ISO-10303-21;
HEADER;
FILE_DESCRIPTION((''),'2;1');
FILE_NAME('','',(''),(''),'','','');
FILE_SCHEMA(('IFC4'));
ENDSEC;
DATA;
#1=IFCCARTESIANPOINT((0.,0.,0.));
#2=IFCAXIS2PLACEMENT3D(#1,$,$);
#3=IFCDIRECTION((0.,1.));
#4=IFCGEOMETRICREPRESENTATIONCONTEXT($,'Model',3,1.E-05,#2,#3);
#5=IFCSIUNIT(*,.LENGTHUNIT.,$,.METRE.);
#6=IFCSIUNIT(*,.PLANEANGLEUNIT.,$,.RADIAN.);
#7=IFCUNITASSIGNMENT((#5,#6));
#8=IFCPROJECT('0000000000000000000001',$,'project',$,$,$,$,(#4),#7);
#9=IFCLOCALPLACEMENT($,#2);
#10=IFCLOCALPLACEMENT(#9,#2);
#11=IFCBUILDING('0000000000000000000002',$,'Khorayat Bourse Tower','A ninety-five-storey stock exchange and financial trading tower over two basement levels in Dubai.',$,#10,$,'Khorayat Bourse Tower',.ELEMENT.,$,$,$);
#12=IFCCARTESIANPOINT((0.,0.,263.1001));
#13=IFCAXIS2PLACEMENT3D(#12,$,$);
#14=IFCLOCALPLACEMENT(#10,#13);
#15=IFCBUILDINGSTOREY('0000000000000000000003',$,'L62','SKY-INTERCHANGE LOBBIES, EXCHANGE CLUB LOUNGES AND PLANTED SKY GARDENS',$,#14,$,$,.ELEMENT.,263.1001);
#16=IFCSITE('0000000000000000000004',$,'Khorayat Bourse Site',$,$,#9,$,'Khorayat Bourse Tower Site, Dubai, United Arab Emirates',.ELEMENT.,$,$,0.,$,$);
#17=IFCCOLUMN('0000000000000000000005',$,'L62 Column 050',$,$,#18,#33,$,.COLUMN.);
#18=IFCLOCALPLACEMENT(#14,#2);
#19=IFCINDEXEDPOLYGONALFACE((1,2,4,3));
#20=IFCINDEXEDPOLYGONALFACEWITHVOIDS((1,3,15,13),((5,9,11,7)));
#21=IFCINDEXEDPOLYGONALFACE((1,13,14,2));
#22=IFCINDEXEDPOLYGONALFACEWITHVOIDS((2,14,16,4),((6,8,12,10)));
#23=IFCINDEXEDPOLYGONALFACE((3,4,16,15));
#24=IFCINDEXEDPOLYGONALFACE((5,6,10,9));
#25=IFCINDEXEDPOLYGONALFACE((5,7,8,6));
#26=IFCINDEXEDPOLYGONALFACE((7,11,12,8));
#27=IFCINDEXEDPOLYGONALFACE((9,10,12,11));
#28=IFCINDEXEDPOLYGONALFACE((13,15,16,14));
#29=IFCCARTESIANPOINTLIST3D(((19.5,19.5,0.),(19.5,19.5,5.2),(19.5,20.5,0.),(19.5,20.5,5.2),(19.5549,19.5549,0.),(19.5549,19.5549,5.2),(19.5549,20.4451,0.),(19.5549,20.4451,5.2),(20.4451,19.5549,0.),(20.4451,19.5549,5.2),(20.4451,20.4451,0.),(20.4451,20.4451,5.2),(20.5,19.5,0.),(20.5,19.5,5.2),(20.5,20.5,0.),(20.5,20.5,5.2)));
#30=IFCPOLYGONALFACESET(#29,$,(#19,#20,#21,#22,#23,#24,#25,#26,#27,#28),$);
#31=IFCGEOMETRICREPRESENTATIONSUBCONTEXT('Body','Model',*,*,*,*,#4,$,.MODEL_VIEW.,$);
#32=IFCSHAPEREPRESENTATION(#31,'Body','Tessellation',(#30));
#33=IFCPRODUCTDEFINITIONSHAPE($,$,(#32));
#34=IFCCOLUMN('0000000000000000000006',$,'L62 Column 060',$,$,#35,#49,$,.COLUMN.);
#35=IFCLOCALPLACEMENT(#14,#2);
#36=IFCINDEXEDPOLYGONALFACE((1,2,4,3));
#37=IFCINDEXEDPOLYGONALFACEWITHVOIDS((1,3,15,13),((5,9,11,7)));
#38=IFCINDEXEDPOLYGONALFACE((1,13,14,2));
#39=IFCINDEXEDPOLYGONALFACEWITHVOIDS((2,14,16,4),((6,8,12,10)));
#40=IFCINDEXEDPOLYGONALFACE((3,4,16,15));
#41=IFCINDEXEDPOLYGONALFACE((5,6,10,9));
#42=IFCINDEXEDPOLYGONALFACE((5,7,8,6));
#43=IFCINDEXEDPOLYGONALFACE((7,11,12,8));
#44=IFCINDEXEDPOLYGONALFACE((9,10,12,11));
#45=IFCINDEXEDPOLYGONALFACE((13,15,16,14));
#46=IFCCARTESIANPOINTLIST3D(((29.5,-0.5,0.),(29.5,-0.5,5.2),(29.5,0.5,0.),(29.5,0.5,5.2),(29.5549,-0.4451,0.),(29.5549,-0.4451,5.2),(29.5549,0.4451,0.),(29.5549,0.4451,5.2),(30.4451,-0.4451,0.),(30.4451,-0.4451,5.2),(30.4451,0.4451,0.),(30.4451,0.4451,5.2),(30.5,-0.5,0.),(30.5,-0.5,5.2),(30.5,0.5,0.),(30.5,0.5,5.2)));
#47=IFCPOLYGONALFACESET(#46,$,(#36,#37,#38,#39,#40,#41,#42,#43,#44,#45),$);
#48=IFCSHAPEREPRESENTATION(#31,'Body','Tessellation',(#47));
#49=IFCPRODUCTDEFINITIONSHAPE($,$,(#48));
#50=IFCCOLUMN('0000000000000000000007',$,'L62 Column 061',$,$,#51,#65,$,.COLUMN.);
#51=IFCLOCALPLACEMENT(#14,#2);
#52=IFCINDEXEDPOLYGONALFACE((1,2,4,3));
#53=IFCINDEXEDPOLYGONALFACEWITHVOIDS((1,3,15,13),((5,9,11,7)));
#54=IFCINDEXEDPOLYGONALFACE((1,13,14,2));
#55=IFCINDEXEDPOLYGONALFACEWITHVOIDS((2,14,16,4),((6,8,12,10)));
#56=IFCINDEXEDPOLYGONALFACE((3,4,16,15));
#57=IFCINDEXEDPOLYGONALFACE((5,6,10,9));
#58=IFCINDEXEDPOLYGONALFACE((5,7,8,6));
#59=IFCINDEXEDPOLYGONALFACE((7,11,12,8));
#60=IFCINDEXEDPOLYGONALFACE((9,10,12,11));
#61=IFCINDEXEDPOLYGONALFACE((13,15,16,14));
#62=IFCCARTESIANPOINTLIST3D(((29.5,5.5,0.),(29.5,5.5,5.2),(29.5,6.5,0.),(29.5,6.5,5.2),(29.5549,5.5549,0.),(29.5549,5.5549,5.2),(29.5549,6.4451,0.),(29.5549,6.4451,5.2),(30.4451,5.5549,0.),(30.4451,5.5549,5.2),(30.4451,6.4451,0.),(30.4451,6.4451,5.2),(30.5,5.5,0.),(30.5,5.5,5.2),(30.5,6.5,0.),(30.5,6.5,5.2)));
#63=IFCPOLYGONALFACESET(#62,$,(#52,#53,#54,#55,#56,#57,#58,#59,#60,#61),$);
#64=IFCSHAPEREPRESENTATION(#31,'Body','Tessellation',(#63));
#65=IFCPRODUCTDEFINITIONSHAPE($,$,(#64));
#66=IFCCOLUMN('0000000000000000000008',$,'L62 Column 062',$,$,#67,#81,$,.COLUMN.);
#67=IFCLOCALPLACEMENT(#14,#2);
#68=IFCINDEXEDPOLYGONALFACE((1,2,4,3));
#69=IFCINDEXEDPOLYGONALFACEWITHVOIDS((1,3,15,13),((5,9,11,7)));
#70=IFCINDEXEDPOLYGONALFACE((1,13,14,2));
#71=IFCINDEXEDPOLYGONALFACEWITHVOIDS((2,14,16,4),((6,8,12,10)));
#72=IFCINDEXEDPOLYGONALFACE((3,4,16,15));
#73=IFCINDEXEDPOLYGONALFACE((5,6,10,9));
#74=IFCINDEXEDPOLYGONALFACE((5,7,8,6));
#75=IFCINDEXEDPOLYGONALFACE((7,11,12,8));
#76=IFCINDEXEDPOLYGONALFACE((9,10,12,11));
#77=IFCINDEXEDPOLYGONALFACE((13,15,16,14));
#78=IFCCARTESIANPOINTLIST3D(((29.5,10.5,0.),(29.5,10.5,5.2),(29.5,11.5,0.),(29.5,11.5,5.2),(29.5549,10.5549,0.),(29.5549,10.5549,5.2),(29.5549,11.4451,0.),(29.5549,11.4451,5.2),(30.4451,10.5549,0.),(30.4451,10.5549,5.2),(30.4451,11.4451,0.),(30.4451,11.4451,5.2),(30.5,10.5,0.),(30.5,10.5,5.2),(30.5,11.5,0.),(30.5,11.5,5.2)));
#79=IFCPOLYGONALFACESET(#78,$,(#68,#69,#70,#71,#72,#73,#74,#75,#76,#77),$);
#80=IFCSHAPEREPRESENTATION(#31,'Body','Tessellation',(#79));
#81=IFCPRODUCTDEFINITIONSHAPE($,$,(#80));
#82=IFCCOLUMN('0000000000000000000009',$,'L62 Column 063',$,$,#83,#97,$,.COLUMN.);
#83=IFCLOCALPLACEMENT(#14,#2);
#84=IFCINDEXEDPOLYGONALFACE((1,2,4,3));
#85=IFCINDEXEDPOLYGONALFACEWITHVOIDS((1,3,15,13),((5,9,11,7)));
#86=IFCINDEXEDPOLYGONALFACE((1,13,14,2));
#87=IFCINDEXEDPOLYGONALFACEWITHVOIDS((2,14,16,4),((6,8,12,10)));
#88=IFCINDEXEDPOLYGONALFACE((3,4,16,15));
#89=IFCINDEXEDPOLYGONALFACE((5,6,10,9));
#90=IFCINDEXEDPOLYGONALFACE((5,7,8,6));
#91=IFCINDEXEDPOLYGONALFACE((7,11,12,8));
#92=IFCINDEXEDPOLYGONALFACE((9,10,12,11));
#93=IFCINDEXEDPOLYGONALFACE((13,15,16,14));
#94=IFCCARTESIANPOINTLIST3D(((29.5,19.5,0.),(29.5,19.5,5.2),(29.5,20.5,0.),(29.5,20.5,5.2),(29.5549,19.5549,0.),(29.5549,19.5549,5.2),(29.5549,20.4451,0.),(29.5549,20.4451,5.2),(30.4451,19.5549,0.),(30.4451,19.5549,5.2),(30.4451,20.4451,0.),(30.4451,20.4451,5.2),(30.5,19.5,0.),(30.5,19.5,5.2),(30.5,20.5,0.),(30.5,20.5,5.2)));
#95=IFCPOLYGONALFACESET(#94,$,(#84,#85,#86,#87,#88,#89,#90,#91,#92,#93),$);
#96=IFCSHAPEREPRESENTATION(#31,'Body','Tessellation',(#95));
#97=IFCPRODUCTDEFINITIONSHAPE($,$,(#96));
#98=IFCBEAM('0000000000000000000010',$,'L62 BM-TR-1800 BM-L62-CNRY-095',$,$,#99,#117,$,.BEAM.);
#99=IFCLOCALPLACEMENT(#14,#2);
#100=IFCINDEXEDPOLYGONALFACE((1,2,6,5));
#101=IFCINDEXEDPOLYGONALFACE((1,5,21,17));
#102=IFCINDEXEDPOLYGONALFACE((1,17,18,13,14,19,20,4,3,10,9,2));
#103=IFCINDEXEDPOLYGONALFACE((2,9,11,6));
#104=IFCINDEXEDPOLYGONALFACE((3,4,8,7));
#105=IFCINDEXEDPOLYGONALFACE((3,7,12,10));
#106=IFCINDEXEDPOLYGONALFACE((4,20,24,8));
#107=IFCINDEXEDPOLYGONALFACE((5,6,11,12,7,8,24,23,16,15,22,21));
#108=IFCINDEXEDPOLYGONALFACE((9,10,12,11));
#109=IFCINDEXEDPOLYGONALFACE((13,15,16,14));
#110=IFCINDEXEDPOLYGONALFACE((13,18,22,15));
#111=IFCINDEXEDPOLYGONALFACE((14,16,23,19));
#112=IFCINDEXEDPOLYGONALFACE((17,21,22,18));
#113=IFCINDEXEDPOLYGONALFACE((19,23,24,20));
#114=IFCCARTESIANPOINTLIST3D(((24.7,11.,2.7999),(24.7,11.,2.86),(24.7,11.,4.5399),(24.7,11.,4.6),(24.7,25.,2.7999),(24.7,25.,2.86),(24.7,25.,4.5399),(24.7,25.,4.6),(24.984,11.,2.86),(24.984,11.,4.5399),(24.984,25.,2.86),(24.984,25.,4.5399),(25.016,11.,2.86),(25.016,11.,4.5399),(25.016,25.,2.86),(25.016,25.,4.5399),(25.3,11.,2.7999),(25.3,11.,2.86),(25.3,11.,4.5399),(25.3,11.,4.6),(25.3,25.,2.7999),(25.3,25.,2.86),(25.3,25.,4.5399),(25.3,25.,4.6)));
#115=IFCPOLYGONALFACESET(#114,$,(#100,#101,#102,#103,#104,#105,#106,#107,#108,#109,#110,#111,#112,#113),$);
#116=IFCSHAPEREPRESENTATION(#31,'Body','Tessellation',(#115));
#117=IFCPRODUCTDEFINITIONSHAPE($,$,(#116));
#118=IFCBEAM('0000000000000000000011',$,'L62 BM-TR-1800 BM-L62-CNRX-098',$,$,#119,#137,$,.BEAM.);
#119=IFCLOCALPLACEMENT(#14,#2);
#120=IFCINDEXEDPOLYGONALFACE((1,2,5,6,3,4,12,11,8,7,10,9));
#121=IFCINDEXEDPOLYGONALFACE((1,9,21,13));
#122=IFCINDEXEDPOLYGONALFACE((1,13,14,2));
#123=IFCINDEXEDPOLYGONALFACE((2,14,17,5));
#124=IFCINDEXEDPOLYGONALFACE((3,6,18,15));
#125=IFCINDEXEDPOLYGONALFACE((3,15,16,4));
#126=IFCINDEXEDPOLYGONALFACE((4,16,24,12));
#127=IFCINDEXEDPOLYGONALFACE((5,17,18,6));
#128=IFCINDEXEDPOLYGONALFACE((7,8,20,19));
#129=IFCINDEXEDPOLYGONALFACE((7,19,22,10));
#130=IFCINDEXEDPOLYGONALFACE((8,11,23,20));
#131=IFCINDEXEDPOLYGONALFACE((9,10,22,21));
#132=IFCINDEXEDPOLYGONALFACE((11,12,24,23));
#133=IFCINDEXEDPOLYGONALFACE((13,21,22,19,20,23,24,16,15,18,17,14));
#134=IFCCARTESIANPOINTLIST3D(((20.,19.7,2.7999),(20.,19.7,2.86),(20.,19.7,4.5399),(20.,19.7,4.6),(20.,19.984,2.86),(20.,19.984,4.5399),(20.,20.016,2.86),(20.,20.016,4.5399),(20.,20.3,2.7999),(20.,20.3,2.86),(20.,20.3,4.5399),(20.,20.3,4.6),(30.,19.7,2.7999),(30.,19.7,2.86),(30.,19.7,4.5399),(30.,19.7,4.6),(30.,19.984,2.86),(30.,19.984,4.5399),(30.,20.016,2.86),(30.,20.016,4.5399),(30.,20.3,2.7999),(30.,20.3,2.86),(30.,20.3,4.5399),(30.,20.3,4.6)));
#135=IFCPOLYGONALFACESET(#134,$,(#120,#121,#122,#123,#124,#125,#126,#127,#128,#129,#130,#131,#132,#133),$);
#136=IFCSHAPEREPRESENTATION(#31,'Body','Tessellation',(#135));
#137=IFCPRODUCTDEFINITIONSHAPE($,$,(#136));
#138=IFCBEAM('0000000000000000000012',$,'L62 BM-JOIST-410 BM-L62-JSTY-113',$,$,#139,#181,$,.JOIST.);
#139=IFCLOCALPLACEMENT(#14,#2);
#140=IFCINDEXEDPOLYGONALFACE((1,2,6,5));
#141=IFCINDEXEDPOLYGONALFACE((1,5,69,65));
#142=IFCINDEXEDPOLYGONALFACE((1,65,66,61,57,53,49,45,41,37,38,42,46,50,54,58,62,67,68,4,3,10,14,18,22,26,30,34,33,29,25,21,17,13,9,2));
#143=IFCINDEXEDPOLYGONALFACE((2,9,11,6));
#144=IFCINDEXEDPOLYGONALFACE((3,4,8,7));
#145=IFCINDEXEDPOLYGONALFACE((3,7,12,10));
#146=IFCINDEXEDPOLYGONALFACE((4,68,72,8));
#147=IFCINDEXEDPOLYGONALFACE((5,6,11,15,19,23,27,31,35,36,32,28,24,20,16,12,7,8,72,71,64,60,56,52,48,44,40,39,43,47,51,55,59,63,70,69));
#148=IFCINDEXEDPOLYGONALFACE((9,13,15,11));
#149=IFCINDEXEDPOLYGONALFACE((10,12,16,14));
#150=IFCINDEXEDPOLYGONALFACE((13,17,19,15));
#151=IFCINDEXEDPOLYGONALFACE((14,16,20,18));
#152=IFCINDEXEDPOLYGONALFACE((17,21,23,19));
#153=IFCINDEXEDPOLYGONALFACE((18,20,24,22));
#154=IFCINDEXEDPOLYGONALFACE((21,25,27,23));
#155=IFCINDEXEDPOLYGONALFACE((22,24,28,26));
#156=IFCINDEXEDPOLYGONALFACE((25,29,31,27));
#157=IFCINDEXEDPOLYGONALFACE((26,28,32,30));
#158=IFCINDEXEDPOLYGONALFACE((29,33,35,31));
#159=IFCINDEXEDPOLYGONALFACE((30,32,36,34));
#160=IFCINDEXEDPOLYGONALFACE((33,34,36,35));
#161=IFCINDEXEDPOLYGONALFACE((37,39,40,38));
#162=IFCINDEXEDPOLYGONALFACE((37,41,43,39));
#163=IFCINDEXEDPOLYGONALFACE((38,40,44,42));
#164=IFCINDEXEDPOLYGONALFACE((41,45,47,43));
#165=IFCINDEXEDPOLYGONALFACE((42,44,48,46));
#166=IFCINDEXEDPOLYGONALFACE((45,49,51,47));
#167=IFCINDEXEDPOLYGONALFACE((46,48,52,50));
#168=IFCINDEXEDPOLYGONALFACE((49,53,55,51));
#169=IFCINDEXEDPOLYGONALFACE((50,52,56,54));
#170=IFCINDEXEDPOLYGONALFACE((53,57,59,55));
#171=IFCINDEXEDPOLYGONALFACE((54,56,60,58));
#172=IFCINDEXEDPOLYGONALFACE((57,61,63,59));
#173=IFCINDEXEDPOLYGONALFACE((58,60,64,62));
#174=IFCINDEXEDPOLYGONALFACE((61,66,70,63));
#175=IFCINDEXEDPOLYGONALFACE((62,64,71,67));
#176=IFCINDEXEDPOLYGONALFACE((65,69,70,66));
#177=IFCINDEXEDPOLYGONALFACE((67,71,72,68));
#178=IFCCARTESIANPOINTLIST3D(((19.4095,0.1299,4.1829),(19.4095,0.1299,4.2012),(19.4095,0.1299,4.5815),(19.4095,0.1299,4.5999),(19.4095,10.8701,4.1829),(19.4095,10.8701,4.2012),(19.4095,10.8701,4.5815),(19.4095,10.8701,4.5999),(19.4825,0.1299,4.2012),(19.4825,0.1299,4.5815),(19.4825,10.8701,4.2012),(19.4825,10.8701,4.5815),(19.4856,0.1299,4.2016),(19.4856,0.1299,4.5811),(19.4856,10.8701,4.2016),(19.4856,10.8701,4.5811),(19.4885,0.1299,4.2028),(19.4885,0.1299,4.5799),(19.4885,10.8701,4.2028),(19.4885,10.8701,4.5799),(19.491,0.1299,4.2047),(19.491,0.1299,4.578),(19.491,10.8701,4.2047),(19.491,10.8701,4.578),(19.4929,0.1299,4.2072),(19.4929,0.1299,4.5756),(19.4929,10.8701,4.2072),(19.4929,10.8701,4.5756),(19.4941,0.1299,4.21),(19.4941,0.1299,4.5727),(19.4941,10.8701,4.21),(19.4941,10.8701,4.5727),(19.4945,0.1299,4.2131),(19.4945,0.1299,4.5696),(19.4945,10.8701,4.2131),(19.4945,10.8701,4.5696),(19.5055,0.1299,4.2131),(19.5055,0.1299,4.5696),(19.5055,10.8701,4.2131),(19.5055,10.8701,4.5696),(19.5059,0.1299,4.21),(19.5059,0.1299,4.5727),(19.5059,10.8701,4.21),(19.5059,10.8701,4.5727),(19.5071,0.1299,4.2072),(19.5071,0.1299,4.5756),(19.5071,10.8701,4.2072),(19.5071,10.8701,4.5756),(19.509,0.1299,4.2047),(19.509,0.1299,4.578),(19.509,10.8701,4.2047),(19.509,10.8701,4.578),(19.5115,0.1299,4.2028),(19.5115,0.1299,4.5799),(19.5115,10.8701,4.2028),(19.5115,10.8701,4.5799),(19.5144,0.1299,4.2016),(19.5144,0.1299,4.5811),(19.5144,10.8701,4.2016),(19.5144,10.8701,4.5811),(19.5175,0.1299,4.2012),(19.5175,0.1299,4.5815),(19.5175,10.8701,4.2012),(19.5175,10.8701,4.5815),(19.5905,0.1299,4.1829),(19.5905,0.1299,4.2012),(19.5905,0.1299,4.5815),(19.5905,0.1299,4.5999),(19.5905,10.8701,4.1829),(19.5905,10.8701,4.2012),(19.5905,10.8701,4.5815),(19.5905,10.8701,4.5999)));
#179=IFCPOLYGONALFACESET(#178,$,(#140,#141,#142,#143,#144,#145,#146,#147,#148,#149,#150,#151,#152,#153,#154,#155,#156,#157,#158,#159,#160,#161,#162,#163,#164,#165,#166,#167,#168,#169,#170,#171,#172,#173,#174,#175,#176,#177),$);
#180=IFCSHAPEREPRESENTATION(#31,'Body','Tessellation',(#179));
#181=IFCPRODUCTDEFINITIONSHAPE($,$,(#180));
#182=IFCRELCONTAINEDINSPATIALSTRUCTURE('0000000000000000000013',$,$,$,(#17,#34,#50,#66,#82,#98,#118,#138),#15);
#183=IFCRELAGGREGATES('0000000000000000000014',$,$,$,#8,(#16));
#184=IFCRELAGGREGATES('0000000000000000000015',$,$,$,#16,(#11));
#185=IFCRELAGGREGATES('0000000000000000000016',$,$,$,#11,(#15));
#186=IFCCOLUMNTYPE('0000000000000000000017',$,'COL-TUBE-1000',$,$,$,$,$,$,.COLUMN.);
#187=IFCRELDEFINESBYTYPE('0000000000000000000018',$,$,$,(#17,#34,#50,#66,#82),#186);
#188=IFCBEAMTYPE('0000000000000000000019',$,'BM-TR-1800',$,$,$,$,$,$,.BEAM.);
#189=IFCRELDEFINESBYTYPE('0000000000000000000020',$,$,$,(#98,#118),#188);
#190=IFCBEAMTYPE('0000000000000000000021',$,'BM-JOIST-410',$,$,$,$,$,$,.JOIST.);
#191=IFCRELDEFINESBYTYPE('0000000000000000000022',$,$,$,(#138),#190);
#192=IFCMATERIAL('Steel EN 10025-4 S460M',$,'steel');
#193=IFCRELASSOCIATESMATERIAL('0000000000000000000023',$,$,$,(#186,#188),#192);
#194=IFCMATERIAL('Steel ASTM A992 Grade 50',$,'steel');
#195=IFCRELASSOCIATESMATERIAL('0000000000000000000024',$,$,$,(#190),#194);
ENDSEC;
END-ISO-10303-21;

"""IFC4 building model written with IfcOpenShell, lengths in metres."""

from ifc_helpers import new_model, si_unit, direction, frame, origin, origin_2d, place, context, subcontext, project, spatial, hollow_rectangle, i_section, extrude, source, transform, mapped, material, material_profile, profile_set, type_object, element, save


model = new_model("IFC4")

# Units and contexts
model_context = context("Model", 3, precision=1e-05, world=origin(), true_north=direction((0.0, 1.0)))
body_context = subcontext(model_context, "Body", "Model", "MODEL_VIEW")
ifc_project = project(units=[si_unit("LENGTHUNIT", "METRE"), si_unit("PLANEANGLEUNIT", "RADIAN")], contexts=[model_context])

# Site, building, storey
site_placement = place(None, origin())
site = spatial("IfcSite", under=ifc_project, at=site_placement, Name="Khorayat Bourse Site", LongName="Khorayat Bourse Tower Site, Dubai, United Arab Emirates", CompositionType="ELEMENT", RefElevation=0.0)
building_placement = place(site_placement, origin())
building = spatial("IfcBuilding", under=site, at=building_placement, Name="Khorayat Bourse Tower", Description="A ninety-five-storey stock exchange and financial trading tower over two basement levels in Dubai.", LongName="Khorayat Bourse Tower", CompositionType="ELEMENT")
storey_placement = place(building_placement, frame((0.0, 0.0, 263.1001)))
storey = spatial("IfcBuildingStorey", under=building, at=storey_placement, Name="L62", Description="SKY-INTERCHANGE LOBBIES, EXCHANGE CLUB LOUNGES AND PLANTED SKY GARDENS", CompositionType="ELEMENT", Elevation=263.1001)

# Columns
ifc_material_1 = material(Name="Steel EN 10025-4 S460M", Category="steel")
ifc_material_profile_1 = material_profile(ifc_material_1, hollow_rectangle(XDim=1.0, YDim=1.0, WallThickness=0.0549, at=origin_2d()), Name="BOX 1000x1000x55")
ifc_profile_set_1 = profile_set([ifc_material_profile_1], Name="Steel EN 10025-4 S460M")
column_type = type_object("IfcColumnType", Name="COL-TUBE-1000", PredefinedType="COLUMN", material=ifc_profile_set_1)
shared_shape_1 = source(origin(), body_context, "Body", "SweptSolid", [
    extrude(hollow_rectangle(XDim=1.0, YDim=1.0, WallThickness=0.0549, at=origin_2d()), origin(), (0.0, 0.0, 1.0), 5.2),
])
for number, where, z_axis, x_axis, name in (
    (1, (20.0, 20.0, 0.0), (0.0, 0.0, 1.0), (1.0, 0.0, 0.0), "L62 Column 050"),
    (2, (30.0, 0.0, 0.0), (0.0, 0.0, 1.0), (1.0, 0.0, 0.0), "L62 Column 060"),
    (3, (30.0, 6.0, 0.0), (0.0, 0.0, 1.0), (1.0, 0.0, 0.0), "L62 Column 061"),
    (4, (30.0, 11.0, 0.0), (0.0, 0.0, 1.0), (1.0, 0.0, 0.0), "L62 Column 062"),
    (5, (30.0, 20.0, 0.0), (0.0, 0.0, 1.0), (1.0, 0.0, 0.0), "L62 Column 063"),
):
    element("IfcColumn", number, at=place(storey_placement, frame(where, z_axis=z_axis, x_axis=x_axis)), inside=storey, type_object=column_type, Name=name, PredefinedType="COLUMN", context=body_context, shape_type="MappedRepresentation", body=[
        mapped(shared_shape_1, transform((0.0, 0.0, 0.0), scale=1.0)),
    ])

# Beams
ifc_material_profile_2 = material_profile(ifc_material_1, i_section(OverallWidth=0.6001, OverallDepth=1.8, WebThickness=0.032, FlangeThickness=0.0601, at=origin_2d()), Name="PG 1800x600x32x60")
ifc_profile_set_2 = profile_set([ifc_material_profile_2], Name="Steel EN 10025-4 S460M")
beam_type_1 = type_object("IfcBeamType", Name="BM-TR-1800", PredefinedType="BEAM", material=ifc_profile_set_2)
shared_shape_2 = source(origin(), body_context, "Body", "SweptSolid", [
    extrude(i_section(OverallWidth=0.6001, OverallDepth=1.8, WebThickness=0.032, FlangeThickness=0.0601, at=origin_2d()), origin(), (0.0, 0.0, 1.0), 14.0),
])
beam_1_placement = place(storey_placement, frame((25.0, 11.0, 3.7), z_axis=(0.0, 1.0, 0.0), x_axis=(-1.0, 0.0, 0.0)))
element("IfcBeam", 6, at=beam_1_placement, inside=storey, type_object=beam_type_1, Name="L62 BM-TR-1800 BM-L62-CNRY-095", PredefinedType="BEAM", context=body_context, shape_type="MappedRepresentation", body=[
    mapped(shared_shape_2, transform((0.0, 0.0, 0.0), scale=1.0)),
])
shared_shape_3 = source(origin(), body_context, "Body", "SweptSolid", [
    extrude(i_section(OverallWidth=0.6001, OverallDepth=1.8, WebThickness=0.032, FlangeThickness=0.0601, at=origin_2d()), origin(), (0.0, 0.0, 1.0), 10.0),
])
beam_2_placement = place(storey_placement, frame((20.0, 20.0, 3.7), z_axis=(1.0, 0.0, 0.0), x_axis=(0.0, 1.0, 0.0)))
element("IfcBeam", 7, at=beam_2_placement, inside=storey, type_object=beam_type_1, Name="L62 BM-TR-1800 BM-L62-CNRX-098", PredefinedType="BEAM", context=body_context, shape_type="MappedRepresentation", body=[
    mapped(shared_shape_3, transform((0.0, 0.0, 0.0), scale=1.0)),
])
ifc_material_2 = material(Name="Steel ASTM A992 Grade 50", Category="steel")
ifc_material_profile_3 = material_profile(ifc_material_2, i_section(OverallWidth=0.1809, OverallDepth=0.417, WebThickness=0.011, FlangeThickness=0.0183, FilletRadius=0.012, at=origin_2d()), Name="W410X85")
ifc_profile_set_3 = profile_set([ifc_material_profile_3], Name="Steel ASTM A992 Grade 50")
beam_type_2 = type_object("IfcBeamType", Name="BM-JOIST-410", PredefinedType="JOIST", material=ifc_profile_set_3)
shared_shape_4 = source(origin(), body_context, "Body", "SweptSolid", [
    extrude(i_section(OverallWidth=0.1809, OverallDepth=0.417, WebThickness=0.011, FlangeThickness=0.0183, FilletRadius=0.012, at=origin_2d()), origin(), (0.0, 0.0, 1.0), 10.7402),
])
beam_3_placement = place(storey_placement, frame((19.5, 0.1299, 4.3914), z_axis=(0.0, 1.0, 0.0), x_axis=(-1.0, 0.0, 0.0)))
element("IfcBeam", 8, at=beam_3_placement, inside=storey, type_object=beam_type_2, Name="L62 BM-JOIST-410 BM-L62-JSTY-113", PredefinedType="JOIST", context=body_context, shape_type="MappedRepresentation", body=[
    mapped(shared_shape_4, transform((0.0, 0.0, 0.0), scale=1.0)),
])

save(model, "model.ifc")
